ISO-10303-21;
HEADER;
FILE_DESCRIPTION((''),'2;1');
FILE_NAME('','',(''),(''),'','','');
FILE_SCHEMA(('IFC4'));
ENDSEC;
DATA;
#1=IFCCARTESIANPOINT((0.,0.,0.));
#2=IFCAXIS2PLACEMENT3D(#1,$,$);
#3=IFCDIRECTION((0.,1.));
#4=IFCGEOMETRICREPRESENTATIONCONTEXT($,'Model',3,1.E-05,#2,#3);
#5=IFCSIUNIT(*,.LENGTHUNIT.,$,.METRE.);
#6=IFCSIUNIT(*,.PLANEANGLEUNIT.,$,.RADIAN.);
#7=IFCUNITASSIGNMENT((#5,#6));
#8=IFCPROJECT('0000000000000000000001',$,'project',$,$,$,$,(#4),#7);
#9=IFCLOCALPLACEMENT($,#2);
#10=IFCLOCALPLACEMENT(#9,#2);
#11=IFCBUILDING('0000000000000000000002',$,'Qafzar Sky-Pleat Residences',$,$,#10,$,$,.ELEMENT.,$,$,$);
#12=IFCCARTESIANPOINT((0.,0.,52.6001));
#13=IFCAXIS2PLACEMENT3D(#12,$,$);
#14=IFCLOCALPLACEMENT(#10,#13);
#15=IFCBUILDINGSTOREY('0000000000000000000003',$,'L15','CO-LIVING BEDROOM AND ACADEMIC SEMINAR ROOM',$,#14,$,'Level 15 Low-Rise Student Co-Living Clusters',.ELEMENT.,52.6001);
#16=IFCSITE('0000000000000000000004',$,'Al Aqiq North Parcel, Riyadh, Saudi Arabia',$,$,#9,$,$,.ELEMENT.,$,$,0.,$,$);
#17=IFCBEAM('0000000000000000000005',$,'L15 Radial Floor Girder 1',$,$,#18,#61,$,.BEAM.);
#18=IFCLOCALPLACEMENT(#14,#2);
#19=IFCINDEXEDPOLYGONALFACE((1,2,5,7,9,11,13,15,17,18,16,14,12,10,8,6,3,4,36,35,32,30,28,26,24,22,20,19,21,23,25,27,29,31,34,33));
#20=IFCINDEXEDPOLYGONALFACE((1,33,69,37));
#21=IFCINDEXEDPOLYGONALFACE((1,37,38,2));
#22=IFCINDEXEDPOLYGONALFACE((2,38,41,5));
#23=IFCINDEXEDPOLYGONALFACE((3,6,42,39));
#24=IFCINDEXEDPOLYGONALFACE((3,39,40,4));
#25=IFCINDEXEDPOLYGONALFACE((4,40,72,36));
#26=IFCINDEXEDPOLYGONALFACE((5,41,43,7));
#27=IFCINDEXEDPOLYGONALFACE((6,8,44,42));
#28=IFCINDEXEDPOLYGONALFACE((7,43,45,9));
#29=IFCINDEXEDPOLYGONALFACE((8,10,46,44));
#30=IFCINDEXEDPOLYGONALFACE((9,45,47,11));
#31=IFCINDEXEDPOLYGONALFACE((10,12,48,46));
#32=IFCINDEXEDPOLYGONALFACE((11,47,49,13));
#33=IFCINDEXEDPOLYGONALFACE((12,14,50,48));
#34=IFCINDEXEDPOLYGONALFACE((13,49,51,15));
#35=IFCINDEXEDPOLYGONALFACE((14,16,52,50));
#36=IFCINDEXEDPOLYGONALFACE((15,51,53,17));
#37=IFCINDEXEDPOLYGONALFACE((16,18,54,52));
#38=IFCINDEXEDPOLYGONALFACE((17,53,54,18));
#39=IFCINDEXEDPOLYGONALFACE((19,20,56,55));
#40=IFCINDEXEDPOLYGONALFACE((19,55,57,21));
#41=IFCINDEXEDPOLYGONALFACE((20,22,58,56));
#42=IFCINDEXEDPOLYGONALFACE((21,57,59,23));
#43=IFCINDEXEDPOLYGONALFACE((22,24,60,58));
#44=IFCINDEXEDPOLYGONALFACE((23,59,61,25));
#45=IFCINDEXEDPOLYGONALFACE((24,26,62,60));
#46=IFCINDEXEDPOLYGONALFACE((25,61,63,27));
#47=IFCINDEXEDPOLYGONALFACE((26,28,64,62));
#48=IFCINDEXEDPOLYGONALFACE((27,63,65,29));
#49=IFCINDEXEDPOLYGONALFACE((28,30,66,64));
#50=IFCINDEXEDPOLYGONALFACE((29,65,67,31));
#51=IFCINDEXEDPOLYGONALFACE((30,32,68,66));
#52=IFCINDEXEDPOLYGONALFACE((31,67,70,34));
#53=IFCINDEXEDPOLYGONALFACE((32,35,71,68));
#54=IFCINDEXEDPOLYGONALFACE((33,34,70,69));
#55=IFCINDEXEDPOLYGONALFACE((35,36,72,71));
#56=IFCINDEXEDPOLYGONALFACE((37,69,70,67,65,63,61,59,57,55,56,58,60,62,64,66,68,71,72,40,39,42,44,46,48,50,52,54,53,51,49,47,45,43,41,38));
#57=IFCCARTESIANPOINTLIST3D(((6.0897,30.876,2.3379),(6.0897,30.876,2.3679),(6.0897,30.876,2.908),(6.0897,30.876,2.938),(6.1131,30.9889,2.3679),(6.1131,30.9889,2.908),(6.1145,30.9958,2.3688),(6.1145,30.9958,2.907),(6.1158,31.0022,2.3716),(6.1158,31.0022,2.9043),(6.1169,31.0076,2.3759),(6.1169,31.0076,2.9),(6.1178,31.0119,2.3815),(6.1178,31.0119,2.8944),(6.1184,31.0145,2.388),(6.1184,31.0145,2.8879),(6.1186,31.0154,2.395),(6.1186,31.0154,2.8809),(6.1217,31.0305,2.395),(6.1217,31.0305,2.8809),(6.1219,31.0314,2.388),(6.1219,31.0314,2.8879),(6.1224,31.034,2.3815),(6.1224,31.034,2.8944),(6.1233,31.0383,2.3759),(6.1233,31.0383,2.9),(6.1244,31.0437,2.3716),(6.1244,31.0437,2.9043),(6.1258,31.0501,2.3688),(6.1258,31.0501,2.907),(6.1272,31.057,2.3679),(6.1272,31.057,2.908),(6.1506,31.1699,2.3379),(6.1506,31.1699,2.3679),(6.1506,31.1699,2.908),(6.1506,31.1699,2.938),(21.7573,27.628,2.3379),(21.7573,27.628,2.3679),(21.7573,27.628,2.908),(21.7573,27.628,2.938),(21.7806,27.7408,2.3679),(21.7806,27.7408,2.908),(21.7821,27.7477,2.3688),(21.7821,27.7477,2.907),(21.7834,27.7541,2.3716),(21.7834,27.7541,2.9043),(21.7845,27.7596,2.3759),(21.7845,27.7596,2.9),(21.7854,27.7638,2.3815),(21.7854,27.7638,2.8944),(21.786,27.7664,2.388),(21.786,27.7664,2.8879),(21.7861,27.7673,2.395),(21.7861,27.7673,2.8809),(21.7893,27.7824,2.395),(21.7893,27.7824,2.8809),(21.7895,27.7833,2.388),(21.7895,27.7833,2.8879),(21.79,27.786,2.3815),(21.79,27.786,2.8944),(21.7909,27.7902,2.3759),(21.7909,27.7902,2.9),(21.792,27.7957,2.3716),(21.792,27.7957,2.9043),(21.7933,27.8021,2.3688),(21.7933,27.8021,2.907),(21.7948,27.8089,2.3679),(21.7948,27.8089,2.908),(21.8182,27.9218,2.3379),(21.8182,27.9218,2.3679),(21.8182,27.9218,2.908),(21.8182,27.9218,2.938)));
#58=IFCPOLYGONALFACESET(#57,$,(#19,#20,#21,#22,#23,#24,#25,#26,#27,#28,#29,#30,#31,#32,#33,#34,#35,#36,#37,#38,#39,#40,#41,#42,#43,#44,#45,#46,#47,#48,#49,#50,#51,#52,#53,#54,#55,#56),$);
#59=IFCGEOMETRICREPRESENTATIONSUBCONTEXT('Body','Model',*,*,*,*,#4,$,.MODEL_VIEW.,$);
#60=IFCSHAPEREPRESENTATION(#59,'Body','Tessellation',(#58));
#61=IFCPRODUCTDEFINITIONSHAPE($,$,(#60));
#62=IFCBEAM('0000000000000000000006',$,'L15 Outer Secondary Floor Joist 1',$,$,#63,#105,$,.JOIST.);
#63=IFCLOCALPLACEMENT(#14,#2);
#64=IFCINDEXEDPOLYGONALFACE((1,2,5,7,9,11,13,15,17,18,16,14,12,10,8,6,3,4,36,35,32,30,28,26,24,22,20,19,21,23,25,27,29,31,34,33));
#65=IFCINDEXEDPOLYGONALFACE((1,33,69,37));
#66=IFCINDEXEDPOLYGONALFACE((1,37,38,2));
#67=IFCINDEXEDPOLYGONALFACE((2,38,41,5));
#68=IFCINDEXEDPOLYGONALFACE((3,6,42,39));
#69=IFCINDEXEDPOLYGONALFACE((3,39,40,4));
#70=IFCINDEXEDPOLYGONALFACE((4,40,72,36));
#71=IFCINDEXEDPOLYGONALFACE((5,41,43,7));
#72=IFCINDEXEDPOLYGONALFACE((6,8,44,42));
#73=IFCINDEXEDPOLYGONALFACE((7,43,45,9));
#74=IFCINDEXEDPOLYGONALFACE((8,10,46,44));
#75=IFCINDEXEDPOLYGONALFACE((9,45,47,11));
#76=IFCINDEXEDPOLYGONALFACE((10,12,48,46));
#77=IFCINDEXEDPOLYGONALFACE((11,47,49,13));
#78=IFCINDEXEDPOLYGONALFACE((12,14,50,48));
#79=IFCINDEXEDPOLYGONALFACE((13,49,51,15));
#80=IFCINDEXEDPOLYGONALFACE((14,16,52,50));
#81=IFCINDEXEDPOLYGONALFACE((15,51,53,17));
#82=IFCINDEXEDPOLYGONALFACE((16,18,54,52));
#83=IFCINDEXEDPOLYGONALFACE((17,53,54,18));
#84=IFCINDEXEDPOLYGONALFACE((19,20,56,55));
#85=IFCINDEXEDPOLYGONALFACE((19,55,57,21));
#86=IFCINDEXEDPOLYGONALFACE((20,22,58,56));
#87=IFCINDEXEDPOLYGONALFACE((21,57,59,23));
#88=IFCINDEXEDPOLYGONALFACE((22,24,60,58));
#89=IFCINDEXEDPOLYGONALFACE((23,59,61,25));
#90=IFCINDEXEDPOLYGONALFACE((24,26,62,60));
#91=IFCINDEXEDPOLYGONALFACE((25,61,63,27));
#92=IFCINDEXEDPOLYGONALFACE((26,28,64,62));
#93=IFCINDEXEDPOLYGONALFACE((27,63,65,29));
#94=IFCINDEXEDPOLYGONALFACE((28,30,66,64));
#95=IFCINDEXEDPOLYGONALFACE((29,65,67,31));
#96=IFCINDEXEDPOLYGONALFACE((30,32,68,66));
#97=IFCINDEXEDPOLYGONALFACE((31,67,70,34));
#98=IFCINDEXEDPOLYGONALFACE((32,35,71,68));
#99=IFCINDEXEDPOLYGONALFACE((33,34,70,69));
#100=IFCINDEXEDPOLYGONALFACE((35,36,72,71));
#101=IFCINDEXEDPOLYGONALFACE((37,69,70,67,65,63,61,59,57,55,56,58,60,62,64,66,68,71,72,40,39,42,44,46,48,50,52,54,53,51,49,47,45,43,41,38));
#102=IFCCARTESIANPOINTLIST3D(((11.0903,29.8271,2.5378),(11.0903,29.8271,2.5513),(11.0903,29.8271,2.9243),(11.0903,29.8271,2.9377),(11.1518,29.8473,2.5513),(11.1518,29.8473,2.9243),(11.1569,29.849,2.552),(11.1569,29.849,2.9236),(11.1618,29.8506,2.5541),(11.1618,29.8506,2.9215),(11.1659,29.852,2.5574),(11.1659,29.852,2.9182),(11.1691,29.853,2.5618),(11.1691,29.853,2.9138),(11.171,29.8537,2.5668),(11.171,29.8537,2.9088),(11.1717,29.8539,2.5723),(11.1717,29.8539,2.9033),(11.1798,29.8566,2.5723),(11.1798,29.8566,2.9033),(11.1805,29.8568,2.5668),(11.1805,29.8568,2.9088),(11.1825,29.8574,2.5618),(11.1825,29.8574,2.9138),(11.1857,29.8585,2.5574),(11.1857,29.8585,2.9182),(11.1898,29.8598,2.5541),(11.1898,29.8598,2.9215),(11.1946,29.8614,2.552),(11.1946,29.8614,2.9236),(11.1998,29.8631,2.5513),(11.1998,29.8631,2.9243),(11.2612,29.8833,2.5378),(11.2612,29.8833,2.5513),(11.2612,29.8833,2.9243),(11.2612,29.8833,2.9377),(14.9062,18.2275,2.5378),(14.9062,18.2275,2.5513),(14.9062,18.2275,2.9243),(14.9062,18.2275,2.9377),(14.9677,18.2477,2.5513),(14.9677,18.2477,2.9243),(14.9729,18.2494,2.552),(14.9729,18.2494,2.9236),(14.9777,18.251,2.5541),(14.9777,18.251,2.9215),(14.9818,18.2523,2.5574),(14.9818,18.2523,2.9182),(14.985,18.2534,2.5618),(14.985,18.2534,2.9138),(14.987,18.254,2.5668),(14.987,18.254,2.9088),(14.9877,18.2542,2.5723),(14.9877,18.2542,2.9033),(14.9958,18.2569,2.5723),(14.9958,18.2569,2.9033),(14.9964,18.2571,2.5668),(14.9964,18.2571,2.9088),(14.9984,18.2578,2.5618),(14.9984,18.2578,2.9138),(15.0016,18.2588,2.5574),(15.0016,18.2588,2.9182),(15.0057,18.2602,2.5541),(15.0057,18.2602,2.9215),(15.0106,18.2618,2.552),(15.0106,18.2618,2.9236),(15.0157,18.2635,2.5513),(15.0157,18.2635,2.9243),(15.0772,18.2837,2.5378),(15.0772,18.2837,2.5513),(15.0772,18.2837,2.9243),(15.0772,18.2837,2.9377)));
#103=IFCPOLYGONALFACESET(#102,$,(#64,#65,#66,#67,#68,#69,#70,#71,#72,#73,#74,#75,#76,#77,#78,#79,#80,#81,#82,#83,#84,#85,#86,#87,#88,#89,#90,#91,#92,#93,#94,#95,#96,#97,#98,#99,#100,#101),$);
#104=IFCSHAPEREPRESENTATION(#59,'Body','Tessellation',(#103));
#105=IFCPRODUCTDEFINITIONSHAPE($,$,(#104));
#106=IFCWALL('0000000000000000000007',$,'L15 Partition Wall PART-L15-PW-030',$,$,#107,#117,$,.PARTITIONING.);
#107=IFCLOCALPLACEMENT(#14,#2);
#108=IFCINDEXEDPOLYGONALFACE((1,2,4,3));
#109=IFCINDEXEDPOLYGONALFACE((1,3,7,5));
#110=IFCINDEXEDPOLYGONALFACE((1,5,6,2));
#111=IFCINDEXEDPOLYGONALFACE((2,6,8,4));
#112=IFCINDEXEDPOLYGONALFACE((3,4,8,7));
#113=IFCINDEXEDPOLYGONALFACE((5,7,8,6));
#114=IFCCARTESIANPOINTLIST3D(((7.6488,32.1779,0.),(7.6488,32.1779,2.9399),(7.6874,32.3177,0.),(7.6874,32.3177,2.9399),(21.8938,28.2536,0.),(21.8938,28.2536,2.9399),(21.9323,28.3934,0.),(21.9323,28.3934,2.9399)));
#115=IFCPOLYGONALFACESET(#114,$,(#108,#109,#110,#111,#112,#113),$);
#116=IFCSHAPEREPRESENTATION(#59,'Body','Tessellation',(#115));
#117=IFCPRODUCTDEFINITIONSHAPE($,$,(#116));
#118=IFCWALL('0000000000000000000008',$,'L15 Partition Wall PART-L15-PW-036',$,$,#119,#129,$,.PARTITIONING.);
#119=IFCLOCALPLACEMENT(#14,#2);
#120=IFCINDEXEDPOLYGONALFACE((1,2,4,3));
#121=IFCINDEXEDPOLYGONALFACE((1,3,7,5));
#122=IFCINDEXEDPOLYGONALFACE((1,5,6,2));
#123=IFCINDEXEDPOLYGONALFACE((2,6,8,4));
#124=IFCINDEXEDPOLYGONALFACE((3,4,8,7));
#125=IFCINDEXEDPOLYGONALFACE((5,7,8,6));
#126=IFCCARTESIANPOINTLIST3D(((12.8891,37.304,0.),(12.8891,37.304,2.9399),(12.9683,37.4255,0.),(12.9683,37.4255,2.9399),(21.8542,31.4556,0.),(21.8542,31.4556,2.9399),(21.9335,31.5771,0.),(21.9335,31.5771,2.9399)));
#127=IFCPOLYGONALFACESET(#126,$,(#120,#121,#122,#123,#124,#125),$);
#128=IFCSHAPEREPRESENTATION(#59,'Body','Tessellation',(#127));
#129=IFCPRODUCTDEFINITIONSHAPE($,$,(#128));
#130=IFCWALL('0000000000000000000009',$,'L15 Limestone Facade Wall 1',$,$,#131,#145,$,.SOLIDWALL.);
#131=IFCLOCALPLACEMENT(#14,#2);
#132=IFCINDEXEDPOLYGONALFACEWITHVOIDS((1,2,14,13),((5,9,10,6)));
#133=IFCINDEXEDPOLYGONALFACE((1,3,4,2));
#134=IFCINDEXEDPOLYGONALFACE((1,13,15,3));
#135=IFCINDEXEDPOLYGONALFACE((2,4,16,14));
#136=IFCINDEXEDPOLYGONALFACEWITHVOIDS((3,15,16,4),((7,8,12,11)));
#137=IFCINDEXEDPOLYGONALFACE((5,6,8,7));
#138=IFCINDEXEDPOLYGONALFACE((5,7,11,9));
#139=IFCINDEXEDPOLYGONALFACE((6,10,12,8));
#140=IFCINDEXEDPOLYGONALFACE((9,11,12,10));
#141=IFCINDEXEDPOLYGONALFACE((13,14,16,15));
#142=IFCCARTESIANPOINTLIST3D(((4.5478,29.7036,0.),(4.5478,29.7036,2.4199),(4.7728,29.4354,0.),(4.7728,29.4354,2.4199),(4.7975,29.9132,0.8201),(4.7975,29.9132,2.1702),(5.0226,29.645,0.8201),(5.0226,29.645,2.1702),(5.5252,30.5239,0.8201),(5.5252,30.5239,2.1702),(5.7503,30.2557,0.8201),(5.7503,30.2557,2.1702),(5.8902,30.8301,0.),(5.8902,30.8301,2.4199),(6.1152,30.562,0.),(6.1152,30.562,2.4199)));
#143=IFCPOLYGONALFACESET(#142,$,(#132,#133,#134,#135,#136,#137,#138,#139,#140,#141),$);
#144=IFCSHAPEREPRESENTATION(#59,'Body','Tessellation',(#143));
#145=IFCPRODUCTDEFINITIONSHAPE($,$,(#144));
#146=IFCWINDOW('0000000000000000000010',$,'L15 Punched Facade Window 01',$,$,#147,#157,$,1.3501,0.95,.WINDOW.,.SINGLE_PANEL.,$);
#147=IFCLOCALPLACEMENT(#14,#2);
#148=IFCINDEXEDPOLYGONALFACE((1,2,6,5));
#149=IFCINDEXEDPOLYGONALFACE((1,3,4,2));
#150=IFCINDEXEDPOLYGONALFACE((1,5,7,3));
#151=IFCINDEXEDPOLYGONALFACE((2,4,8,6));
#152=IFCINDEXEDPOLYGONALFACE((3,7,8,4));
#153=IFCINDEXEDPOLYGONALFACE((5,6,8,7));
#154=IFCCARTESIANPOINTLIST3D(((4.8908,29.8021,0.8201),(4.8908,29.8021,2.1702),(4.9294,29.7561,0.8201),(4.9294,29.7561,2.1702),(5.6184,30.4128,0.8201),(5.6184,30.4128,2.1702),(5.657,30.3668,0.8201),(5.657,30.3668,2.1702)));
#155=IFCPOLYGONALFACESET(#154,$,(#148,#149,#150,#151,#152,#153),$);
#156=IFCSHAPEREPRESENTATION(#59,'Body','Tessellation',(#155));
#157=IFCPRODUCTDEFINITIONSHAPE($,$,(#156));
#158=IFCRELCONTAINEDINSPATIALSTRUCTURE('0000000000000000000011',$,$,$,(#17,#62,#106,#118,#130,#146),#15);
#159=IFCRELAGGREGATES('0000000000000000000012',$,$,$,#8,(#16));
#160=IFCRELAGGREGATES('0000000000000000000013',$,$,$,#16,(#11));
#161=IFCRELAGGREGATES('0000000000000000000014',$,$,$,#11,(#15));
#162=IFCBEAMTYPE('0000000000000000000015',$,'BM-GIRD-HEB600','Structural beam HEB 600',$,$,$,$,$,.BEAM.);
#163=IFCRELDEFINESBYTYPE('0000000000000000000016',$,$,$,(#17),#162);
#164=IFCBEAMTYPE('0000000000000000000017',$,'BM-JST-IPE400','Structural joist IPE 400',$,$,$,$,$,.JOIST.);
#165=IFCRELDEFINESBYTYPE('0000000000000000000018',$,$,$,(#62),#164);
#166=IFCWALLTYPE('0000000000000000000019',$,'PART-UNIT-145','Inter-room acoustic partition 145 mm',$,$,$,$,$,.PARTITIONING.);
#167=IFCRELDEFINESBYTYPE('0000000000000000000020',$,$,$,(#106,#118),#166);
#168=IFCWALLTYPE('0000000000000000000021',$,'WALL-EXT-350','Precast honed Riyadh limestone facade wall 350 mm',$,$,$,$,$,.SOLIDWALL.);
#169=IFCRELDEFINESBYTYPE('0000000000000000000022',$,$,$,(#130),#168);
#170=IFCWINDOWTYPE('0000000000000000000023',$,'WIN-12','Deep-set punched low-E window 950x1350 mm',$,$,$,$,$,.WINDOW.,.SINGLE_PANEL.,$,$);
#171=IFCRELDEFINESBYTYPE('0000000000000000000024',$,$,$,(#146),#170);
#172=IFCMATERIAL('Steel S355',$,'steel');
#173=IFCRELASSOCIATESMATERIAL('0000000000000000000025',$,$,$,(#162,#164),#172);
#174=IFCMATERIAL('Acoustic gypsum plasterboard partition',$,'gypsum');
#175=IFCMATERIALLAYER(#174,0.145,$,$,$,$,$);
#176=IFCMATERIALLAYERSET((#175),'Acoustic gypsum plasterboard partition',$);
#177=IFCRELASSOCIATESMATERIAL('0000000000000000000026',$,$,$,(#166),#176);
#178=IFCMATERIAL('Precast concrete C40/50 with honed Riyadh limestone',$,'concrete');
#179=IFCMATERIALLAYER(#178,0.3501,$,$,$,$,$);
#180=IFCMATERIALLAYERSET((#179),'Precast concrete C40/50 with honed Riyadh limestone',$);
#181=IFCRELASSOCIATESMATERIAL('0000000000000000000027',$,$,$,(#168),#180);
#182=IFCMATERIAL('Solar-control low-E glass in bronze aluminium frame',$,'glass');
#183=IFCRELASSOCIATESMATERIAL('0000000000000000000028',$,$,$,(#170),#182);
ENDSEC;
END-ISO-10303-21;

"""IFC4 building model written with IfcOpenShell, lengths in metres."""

from ifc_helpers import new_model, si_unit, direction, frame, frame_2d, origin, origin_2d, place, context, subcontext, project, spatial, rectangle, i_section, extrude, source, transform, mapped, material, layer, layer_set, material_profile, profile_set, type_object, element, fill, save


model = new_model("IFC4")

# Units and contexts
model_context = context("Model", 3, precision=1e-05, world=origin(), true_north=direction((0.0, 1.0)))
body_context = subcontext(model_context, "Body", "Model", "MODEL_VIEW")
ifc_project = project(units=[si_unit("LENGTHUNIT", "METRE"), si_unit("PLANEANGLEUNIT", "RADIAN")], contexts=[model_context])

# Site, building, storey
site_placement = place(None, origin())
site = spatial("IfcSite", under=ifc_project, at=site_placement, Name="Al Aqiq North Parcel, Riyadh, Saudi Arabia", CompositionType="ELEMENT", RefElevation=0.0)
building_placement = place(site_placement, origin())
building = spatial("IfcBuilding", under=site, at=building_placement, Name="Qafzar Sky-Pleat Residences", CompositionType="ELEMENT")
storey_placement = place(building_placement, frame((0.0, 0.0, 52.6001)))
storey = spatial("IfcBuildingStorey", under=building, at=storey_placement, Name="L15", Description="CO-LIVING BEDROOM AND ACADEMIC SEMINAR ROOM", LongName="Level 15 Low-Rise Student Co-Living Clusters", CompositionType="ELEMENT", Elevation=52.6001)

# Beams
ifc_material_1 = material(Name="Steel S355", Category="steel")
ifc_material_profile_1 = material_profile(ifc_material_1, i_section(OverallWidth=0.3, OverallDepth=0.6001, WebThickness=0.0154, FlangeThickness=0.03, FilletRadius=0.0271, at=origin_2d()), Name="HEB 600")
ifc_profile_set_1 = profile_set([ifc_material_profile_1], Name="Steel S355")
beam_type_1 = type_object("IfcBeamType", Name="BM-GIRD-HEB600", Description="Structural beam HEB 600", PredefinedType="BEAM", material=ifc_profile_set_1)
shared_shape_1 = source(origin(), body_context, "Body", "SweptSolid", [
    extrude(i_section(OverallWidth=0.3, OverallDepth=0.6001, WebThickness=0.0154, FlangeThickness=0.03, FilletRadius=0.0271, at=origin_2d()), origin(), (0.0, 0.0, 1.0), 16.0007),
])
beam_1_placement = place(storey_placement, frame((6.1201, 31.0229, 2.6379), z_axis=(0.97918, -0.202995, 0.0), x_axis=(0.202995, 0.97918, 0.0)))
element("IfcBeam", 1, at=beam_1_placement, inside=storey, type_object=beam_type_1, Name="L15 Radial Floor Girder 1", PredefinedType="BEAM", context=body_context, shape_type="MappedRepresentation", body=[
    mapped(shared_shape_1, transform((0.0, 0.0, 0.0), x_axis=(1.0, 0.0, 0.0), y_axis=(0.0, 1.0, 0.0), z_axis=(0.0, 0.0, 1.0), scale=1.0)),
])
ifc_material_profile_2 = material_profile(ifc_material_1, i_section(OverallWidth=0.1799, OverallDepth=0.3999, WebThickness=0.0085, FlangeThickness=0.0134, FilletRadius=0.021, at=origin_2d()), Name="IPE 400")
ifc_profile_set_2 = profile_set([ifc_material_profile_2], Name="Steel S355")
beam_type_2 = type_object("IfcBeamType", Name="BM-JST-IPE400", Description="Structural joist IPE 400", PredefinedType="JOIST", material=ifc_profile_set_2)
shared_shape_2 = source(origin(), body_context, "Body", "SweptSolid", [
    extrude(i_section(OverallWidth=0.1799, OverallDepth=0.3999, WebThickness=0.0085, FlangeThickness=0.0134, FilletRadius=0.021, at=origin_2d()), origin(), (0.0, 0.0, 1.0), 12.2112),
])
beam_2_placement = place(storey_placement, frame((11.1758, 29.8552, 2.7378), z_axis=(0.312495, -0.94992, 0.0), x_axis=(0.94992, 0.312495, 0.0)))
element("IfcBeam", 2, at=beam_2_placement, inside=storey, type_object=beam_type_2, Name="L15 Outer Secondary Floor Joist 1", PredefinedType="JOIST", context=body_context, shape_type="MappedRepresentation", body=[
    mapped(shared_shape_2, transform((0.0, 0.0, 0.0), x_axis=(1.0, 0.0, 0.0), y_axis=(0.0, 1.0, 0.0), z_axis=(0.0, 0.0, 1.0), scale=1.0)),
])

# Walls
ifc_material_2 = material(Name="Acoustic gypsum plasterboard partition", Category="gypsum")
ifc_layer_1 = layer(ifc_material_2, 0.145)
ifc_layer_set_1 = layer_set([ifc_layer_1], Name="Acoustic gypsum plasterboard partition")
wall_type_1 = type_object("IfcWallType", Name="PART-UNIT-145", Description="Inter-room acoustic partition 145 mm", PredefinedType="PARTITIONING", material=ifc_layer_set_1)
wall_1_placement = place(storey_placement, frame((7.6682, 32.2478, 0.0), z_axis=(0.0, 0.0, 1.0), x_axis=(0.964085, -0.265595, 0.0)))
element("IfcWall", 3, at=wall_1_placement, inside=storey, type_object=wall_type_1, Name="L15 Partition Wall PART-L15-PW-030", PredefinedType="PARTITIONING", context=body_context, shape_type="SweptSolid", body=[
    extrude(rectangle(XDim=14.7756, YDim=0.145, at=frame_2d((7.3877, 0.0))), origin(), (0.0, 0.0, 1.0), 2.9399),
])
wall_2_placement = place(storey_placement, frame((12.9287, 37.3647, 0.0), z_axis=(0.0, 0.0, 1.0), x_axis=(0.837543, -0.546372, 0.0)))
element("IfcWall", 4, at=wall_2_placement, inside=storey, type_object=wall_type_1, Name="L15 Partition Wall PART-L15-PW-036", PredefinedType="PARTITIONING", context=body_context, shape_type="SweptSolid", body=[
    extrude(rectangle(XDim=10.7041, YDim=0.145, at=frame_2d((5.3521, 0.0))), origin(), (0.0, 0.0, 1.0), 2.9399),
])

# Wall, opening, window
ifc_material_3 = material(Name="Precast concrete C40/50 with honed Riyadh limestone", Category="concrete")
ifc_layer_2 = layer(ifc_material_3, 0.3501)
ifc_layer_set_2 = layer_set([ifc_layer_2], Name="Precast concrete C40/50 with honed Riyadh limestone")
wall_type_2 = type_object("IfcWallType", Name="WALL-EXT-350", Description="Precast honed Riyadh limestone facade wall 350 mm", PredefinedType="SOLIDWALL", material=ifc_layer_set_2)
wall_3_placement = place(storey_placement, frame((6.0027, 30.696, 0.0), z_axis=(0.0, 0.0, 1.0), x_axis=(-0.766001, -0.642839, 0.0)))
wall_3 = element("IfcWall", 5, at=wall_3_placement, inside=storey, type_object=wall_type_2, Name="L15 Limestone Facade Wall 1", PredefinedType="SOLIDWALL", context=body_context, shape_type="SweptSolid", body=[
    extrude(rectangle(XDim=1.7524, YDim=0.3501, at=frame_2d((0.8762, 0.0))), origin(), (0.0, 0.0, 1.0), 2.4199),
])
opening_1_placement = place(wall_3_placement, frame((0.4763, 0.0, 0.8201)))
opening_1 = element("IfcOpeningElement", 6, at=opening_1_placement, cuts=wall_3, PredefinedType="OPENING", context=body_context, shape_type="SweptSolid", body=[
    extrude(rectangle(XDim=0.95, YDim=1.3501, at=frame_2d((0.4751, 0.675))), frame((0.0, 0.1851, 0.0), z_axis=(0.0, -1.0, 0.0), x_axis=(1.0, 0.0, 0.0)), (0.0, 0.0, 1.0), 0.3701),
])
ifc_material_4 = material(Name="Solar-control low-E glass in bronze aluminium frame", Category="glass")
window_type_1 = type_object("IfcWindowType", Name="WIN-12", Description="Deep-set punched low-E window 950x1350 mm", PartitioningType="SINGLE_PANEL", PredefinedType="WINDOW", material=ifc_material_4)
shared_shape_3 = source(origin(), body_context, "Body", "SweptSolid", [
    extrude(rectangle(XDim=0.95, YDim=1.3501, at=frame_2d((0.4751, 0.675))), frame((0.0, 0.03, 0.0), z_axis=(0.0, -1.0, 0.0), x_axis=(1.0, 0.0, 0.0)), (0.0, 0.0, 1.0), 0.0601),
])
window_1_placement = place(opening_1_placement, origin())
window_1 = element("IfcWindow", 7, at=window_1_placement, inside=storey, type_object=window_type_1, Name="L15 Punched Facade Window 01", OverallHeight=1.3501, OverallWidth=0.95, PartitioningType="SINGLE_PANEL", PredefinedType="WINDOW", context=body_context, shape_type="MappedRepresentation", body=[
    mapped(shared_shape_3, transform((0.0, 0.0, 0.0), x_axis=(1.0, 0.0, 0.0), y_axis=(0.0, 1.0, 0.0), z_axis=(0.0, 0.0, 1.0), scale=1.0)),
])
fill(opening_1, window_1)

save(model, "model.ifc")
